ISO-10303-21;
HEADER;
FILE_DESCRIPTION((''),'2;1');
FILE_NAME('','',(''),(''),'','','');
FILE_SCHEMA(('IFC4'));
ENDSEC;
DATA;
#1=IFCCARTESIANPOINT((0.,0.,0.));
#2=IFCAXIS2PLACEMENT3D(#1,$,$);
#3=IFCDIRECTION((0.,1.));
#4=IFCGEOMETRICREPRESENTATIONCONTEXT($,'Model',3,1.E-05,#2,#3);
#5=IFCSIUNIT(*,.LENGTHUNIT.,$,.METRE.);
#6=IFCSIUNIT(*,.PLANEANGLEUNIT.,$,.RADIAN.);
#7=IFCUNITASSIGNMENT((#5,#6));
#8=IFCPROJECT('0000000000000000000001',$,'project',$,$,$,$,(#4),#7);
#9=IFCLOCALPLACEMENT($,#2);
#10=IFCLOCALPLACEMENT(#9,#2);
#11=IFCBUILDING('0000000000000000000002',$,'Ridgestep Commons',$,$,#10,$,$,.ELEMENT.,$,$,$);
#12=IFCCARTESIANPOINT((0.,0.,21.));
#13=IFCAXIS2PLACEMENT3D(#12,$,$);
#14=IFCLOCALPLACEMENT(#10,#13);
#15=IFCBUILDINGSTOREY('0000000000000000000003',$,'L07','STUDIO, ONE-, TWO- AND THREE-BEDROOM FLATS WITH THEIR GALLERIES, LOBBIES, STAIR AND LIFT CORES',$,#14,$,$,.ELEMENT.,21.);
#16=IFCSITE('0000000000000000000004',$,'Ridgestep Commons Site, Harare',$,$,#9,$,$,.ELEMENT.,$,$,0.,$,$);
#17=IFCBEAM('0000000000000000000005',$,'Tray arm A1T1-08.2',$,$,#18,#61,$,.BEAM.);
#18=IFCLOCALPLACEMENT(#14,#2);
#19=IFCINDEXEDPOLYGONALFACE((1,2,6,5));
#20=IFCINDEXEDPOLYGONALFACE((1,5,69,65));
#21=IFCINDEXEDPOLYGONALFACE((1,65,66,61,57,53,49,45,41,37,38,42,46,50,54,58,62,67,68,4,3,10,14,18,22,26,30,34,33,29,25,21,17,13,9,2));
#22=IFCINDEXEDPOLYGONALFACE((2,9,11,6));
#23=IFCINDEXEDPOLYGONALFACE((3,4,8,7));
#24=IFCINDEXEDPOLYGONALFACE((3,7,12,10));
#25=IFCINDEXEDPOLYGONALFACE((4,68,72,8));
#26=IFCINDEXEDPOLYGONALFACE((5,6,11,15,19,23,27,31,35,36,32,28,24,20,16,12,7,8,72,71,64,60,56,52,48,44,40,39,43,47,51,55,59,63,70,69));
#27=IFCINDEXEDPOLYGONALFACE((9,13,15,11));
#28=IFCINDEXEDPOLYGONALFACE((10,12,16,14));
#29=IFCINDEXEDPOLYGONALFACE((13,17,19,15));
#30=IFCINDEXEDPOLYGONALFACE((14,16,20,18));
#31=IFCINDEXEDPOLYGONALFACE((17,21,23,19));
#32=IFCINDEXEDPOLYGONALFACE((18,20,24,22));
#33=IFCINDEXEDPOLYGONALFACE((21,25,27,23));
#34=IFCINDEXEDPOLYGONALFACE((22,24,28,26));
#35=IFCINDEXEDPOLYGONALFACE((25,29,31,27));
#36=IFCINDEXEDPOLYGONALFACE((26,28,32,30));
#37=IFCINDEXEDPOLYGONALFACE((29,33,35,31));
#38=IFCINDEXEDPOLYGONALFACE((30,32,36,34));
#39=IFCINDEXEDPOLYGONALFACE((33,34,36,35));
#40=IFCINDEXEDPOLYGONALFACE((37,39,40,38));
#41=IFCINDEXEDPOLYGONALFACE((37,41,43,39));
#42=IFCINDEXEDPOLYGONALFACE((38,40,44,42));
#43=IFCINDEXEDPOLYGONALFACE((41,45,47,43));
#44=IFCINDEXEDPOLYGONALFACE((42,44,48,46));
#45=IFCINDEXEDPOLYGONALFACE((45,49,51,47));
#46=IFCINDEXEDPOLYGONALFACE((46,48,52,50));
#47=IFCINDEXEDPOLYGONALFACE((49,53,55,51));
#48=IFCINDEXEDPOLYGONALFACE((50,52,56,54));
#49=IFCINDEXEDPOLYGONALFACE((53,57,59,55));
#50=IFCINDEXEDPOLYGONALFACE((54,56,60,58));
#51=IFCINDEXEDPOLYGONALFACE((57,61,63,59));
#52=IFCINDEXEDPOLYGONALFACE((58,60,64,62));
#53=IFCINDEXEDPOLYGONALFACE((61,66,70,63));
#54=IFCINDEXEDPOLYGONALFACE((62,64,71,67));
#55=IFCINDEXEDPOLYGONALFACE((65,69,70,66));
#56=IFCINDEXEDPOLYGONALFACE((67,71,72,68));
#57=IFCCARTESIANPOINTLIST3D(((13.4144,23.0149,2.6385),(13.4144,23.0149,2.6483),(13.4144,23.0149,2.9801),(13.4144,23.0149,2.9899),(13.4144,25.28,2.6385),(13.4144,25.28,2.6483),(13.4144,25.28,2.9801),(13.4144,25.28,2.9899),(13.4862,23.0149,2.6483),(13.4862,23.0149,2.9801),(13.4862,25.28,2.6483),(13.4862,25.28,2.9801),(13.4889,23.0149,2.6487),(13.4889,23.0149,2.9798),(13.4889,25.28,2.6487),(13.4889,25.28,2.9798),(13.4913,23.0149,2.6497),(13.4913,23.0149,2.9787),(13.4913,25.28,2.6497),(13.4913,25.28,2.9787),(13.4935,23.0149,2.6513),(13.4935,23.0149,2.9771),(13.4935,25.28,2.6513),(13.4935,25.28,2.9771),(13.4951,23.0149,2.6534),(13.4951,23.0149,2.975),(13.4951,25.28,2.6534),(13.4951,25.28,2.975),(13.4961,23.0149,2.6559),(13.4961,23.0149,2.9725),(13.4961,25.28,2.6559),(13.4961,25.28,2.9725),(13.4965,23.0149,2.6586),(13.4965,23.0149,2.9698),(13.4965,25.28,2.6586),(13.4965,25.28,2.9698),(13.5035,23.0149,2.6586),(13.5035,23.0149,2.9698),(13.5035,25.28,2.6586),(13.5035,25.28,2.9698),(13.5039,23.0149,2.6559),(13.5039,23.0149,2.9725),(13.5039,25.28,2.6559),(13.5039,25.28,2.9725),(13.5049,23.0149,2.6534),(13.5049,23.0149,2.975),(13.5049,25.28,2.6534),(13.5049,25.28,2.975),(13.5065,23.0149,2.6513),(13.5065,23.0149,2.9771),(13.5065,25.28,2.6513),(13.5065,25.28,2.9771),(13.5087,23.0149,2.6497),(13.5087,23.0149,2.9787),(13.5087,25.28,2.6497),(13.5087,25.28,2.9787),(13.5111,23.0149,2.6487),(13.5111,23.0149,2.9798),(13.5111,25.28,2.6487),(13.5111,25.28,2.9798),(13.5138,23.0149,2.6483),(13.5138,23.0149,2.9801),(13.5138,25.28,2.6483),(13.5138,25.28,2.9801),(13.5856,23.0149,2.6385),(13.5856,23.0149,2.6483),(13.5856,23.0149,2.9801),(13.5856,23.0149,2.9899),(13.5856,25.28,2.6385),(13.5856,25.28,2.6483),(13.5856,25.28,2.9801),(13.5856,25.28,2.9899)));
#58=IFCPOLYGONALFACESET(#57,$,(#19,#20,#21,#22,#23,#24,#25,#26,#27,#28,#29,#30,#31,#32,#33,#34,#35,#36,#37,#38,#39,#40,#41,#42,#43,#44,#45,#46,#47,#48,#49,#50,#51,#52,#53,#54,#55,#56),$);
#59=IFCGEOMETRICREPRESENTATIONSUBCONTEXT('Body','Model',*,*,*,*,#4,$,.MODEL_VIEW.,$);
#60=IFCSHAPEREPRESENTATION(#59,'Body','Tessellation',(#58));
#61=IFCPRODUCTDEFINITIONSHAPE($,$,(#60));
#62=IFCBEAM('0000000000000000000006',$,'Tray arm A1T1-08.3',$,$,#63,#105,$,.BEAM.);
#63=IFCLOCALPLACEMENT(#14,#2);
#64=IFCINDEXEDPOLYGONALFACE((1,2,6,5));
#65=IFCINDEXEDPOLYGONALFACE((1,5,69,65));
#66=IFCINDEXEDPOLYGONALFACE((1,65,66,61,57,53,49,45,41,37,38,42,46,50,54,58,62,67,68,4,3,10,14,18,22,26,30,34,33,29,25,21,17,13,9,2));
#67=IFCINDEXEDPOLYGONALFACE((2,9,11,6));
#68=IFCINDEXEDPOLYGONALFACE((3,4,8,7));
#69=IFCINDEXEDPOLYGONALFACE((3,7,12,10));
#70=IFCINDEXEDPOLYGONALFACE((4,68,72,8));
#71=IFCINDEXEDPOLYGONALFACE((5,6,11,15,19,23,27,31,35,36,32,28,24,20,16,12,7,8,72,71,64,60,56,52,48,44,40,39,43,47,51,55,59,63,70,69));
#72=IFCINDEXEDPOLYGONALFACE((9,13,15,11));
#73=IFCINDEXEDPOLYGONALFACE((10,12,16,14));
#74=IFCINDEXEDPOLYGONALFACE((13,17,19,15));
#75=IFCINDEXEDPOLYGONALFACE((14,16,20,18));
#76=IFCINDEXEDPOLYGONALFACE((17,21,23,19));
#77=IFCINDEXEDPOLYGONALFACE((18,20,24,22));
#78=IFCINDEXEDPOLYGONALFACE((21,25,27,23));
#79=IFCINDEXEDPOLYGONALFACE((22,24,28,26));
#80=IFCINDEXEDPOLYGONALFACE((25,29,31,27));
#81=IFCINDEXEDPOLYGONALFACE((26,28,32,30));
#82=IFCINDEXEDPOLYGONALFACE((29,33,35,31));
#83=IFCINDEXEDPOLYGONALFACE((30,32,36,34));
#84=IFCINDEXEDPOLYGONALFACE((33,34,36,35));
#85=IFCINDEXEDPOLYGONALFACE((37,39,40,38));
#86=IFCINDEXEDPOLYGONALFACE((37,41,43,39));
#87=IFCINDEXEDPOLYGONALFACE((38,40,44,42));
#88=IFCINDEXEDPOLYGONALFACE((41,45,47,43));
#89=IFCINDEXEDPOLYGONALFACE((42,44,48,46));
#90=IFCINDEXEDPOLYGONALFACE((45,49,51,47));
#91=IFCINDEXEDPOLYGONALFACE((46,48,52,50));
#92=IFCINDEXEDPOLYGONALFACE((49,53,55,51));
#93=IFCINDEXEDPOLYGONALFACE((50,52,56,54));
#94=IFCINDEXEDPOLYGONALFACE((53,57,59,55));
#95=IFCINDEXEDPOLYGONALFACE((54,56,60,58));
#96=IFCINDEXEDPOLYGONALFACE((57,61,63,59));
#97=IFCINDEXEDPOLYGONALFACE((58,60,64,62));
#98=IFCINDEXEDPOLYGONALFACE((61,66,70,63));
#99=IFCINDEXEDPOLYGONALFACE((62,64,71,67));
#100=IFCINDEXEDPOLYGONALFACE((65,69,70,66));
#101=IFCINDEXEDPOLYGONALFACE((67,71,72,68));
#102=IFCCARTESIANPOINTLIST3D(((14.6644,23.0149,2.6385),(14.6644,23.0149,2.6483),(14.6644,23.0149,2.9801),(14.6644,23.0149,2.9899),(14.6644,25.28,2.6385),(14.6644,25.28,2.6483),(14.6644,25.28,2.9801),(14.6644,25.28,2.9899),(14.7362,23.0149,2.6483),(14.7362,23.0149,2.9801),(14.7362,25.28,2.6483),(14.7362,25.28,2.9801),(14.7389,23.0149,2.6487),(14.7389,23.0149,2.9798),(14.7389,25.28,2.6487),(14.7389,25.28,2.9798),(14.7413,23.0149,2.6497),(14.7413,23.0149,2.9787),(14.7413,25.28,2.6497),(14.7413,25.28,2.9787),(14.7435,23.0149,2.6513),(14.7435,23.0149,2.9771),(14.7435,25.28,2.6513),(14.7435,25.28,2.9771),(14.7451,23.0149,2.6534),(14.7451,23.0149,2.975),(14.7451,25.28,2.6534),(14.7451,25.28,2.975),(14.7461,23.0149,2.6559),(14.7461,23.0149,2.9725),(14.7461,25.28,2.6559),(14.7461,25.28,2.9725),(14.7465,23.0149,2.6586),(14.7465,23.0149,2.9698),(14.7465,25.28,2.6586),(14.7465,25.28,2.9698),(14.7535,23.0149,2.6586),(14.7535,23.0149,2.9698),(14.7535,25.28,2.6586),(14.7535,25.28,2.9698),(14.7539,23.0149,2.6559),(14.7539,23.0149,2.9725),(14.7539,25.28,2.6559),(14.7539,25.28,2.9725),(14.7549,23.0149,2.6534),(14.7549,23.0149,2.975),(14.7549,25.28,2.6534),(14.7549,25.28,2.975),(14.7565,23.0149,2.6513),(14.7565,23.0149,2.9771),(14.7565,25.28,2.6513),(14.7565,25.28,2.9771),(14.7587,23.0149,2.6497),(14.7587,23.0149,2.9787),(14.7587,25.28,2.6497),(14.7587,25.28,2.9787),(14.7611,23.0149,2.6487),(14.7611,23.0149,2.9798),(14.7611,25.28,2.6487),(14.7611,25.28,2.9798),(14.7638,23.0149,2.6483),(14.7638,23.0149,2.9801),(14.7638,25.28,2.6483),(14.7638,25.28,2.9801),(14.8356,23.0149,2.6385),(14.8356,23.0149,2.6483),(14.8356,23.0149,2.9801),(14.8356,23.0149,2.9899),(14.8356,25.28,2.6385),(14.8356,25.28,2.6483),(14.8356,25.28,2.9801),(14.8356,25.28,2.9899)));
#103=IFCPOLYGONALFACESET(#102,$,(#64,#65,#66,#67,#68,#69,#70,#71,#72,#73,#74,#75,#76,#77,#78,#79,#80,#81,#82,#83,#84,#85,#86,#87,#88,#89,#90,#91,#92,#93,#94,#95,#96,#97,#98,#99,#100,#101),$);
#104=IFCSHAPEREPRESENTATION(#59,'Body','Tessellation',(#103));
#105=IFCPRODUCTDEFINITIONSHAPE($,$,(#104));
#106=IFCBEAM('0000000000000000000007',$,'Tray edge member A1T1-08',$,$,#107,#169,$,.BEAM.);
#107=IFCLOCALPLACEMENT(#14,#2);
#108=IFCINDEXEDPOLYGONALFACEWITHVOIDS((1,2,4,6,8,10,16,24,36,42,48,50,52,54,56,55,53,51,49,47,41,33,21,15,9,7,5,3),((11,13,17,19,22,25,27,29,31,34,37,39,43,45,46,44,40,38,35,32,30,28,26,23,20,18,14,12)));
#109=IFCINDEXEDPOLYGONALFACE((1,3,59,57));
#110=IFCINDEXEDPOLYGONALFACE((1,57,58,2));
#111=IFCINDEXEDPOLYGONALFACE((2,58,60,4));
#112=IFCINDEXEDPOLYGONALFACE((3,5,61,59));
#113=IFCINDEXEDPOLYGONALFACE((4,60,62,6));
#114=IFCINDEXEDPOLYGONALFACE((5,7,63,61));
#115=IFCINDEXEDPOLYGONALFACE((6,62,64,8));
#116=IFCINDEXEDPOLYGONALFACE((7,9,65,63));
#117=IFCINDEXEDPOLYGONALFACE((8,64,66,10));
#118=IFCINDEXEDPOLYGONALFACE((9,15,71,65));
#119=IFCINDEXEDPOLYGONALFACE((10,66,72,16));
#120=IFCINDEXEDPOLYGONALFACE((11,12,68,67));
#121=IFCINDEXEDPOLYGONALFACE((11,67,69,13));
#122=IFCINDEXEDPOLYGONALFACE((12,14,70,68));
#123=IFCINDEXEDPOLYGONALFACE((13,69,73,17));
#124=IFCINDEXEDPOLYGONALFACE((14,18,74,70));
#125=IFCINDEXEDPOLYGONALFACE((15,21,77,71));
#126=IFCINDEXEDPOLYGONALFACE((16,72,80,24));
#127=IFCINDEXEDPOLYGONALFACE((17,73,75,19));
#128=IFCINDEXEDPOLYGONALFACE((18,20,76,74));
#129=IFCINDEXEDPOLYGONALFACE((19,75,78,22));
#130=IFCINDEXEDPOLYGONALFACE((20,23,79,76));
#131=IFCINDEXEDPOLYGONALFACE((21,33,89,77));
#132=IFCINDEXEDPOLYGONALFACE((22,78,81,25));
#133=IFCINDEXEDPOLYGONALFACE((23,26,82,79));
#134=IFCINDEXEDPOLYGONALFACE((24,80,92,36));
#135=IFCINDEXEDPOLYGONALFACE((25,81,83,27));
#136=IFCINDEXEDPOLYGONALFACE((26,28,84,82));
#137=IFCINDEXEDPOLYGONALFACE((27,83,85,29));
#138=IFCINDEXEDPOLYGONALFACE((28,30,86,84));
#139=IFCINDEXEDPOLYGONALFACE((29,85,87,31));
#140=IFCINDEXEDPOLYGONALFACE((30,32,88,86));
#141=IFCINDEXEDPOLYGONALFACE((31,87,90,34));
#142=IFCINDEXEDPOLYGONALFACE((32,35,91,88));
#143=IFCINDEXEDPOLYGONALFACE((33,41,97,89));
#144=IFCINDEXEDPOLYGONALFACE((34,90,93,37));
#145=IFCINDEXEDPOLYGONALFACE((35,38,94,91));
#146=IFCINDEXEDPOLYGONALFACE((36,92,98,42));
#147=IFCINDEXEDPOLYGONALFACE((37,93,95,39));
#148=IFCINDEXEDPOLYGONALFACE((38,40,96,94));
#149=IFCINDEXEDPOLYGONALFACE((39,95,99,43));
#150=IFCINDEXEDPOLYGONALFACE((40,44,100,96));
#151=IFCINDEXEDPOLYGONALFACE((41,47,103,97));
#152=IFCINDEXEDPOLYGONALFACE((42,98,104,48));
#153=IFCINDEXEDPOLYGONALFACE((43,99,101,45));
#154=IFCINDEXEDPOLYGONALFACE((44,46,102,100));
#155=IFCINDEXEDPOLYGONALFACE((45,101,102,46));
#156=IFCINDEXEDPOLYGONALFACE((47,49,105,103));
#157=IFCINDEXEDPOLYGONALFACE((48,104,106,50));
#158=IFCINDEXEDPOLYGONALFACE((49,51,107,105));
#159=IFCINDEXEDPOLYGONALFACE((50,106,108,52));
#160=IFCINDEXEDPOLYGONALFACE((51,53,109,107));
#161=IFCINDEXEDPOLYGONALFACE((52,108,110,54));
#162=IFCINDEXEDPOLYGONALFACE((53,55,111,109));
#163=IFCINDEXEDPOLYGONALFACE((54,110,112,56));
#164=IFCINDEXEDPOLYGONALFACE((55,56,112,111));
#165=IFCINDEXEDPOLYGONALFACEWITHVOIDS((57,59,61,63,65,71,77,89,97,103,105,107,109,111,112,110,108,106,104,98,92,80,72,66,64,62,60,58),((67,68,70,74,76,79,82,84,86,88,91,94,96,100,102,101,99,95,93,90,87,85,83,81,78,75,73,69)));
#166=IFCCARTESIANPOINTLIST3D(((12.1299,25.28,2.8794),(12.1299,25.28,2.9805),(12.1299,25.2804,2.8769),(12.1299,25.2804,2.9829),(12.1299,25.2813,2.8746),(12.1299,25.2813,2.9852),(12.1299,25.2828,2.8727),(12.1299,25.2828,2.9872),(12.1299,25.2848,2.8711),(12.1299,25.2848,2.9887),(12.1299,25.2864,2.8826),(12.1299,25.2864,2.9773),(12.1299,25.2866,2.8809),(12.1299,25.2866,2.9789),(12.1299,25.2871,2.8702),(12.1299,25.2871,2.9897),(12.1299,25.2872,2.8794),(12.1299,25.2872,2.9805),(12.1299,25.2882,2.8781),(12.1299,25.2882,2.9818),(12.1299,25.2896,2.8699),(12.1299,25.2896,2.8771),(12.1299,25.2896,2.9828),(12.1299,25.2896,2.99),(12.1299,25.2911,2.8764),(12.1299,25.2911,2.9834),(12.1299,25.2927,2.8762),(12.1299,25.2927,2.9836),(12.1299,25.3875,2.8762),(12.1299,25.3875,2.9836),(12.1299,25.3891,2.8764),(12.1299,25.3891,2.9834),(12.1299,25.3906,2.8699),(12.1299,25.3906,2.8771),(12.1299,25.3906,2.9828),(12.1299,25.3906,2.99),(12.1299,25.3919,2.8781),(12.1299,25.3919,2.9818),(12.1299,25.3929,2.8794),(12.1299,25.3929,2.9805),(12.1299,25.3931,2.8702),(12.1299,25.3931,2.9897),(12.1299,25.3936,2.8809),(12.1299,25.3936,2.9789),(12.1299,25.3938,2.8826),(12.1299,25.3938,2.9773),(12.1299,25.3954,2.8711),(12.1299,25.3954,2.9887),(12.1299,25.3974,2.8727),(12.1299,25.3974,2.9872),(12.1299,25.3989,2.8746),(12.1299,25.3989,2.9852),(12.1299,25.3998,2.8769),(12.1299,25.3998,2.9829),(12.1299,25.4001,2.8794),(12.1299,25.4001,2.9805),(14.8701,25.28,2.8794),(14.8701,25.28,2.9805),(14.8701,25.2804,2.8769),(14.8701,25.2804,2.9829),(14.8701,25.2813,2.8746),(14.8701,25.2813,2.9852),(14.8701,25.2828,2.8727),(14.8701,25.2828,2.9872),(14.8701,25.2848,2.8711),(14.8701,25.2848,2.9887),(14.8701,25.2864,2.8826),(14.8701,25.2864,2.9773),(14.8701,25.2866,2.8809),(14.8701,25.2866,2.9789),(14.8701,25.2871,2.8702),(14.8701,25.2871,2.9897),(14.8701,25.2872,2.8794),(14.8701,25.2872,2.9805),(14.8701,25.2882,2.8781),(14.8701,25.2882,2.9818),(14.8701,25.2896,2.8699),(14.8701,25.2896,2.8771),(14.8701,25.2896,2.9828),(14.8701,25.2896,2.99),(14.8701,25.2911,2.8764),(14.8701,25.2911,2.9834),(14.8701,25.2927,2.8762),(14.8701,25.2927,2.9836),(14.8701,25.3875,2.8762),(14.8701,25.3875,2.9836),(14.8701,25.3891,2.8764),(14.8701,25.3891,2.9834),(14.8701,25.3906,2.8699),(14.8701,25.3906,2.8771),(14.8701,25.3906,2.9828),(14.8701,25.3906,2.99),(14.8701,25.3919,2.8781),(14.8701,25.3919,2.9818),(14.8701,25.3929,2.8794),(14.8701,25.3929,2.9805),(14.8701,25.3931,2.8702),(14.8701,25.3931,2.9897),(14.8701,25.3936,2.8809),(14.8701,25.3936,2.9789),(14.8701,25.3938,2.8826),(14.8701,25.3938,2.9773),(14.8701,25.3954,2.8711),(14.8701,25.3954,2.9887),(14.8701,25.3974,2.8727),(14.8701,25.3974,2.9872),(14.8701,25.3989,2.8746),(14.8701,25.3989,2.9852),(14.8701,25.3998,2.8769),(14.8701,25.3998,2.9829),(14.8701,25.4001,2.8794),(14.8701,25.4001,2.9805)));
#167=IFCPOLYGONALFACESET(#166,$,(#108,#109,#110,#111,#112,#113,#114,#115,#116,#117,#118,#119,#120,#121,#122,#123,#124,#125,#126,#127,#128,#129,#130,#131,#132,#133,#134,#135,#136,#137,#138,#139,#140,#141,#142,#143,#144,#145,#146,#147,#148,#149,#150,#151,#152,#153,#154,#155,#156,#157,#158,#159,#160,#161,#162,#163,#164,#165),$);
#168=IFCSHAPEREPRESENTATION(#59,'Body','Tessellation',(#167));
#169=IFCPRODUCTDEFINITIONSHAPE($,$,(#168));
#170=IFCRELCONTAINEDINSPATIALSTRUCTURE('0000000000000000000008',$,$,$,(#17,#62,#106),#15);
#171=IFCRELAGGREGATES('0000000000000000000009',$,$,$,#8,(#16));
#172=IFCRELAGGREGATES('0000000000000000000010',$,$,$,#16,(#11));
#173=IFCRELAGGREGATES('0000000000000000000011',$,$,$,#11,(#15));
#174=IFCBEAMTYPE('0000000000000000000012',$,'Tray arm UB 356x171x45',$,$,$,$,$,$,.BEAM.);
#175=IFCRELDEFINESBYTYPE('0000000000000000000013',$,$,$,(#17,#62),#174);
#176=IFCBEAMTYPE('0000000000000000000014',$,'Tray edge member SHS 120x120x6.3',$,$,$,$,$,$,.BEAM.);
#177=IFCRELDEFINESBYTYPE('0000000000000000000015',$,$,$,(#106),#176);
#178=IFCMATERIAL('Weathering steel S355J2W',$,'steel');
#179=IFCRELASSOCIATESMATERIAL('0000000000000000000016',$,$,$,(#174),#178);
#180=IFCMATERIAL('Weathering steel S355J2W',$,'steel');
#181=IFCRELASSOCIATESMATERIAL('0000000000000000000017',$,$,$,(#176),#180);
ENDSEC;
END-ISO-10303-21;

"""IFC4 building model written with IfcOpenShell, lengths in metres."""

from ifc_helpers import new_model, si_unit, direction, frame, origin, origin_2d, place, context, subcontext, project, spatial, hollow_rectangle, i_section, extrude, material, material_profile, profile_set, type_object, element, save


model = new_model("IFC4")

# Units and contexts
model_context = context("Model", 3, precision=1e-05, world=origin(), true_north=direction((0.0, 1.0)))
body_context = subcontext(model_context, "Body", "Model", "MODEL_VIEW")
ifc_project = project(units=[si_unit("LENGTHUNIT", "METRE"), si_unit("PLANEANGLEUNIT", "RADIAN")], contexts=[model_context])

# Site, building, storey
site_placement = place(None, origin())
site = spatial("IfcSite", under=ifc_project, at=site_placement, Name="Ridgestep Commons Site, Harare", CompositionType="ELEMENT", RefElevation=0.0)
building_placement = place(site_placement, origin())
building = spatial("IfcBuilding", under=site, at=building_placement, Name="Ridgestep Commons", CompositionType="ELEMENT")
storey_placement = place(building_placement, frame((0.0, 0.0, 21.0)))
storey = spatial("IfcBuildingStorey", under=building, at=storey_placement, Name="L07", Description="STUDIO, ONE-, TWO- AND THREE-BEDROOM FLATS WITH THEIR GALLERIES, LOBBIES, STAIR AND LIFT CORES", CompositionType="ELEMENT", Elevation=21.0)

# Beams
ifc_material_1 = material(Name="Weathering steel S355J2W", Category="steel")
ifc_material_profile_1 = material_profile(ifc_material_1, i_section(OverallWidth=0.1711, OverallDepth=0.3513, WebThickness=0.0071, FlangeThickness=0.0098, FilletRadius=0.0103, at=origin_2d()), Name="UB 356x171x45")
ifc_profile_set_1 = profile_set([ifc_material_profile_1], Name="Weathering steel S355J2W")
beam_type_1 = type_object("IfcBeamType", Name="Tray arm UB 356x171x45", PredefinedType="BEAM", material=ifc_profile_set_1)
for number, where, z_axis, x_axis, name in (
    (1, (13.5, 23.0149, 2.8142), (0.0, 1.0, 0.0), (-1.0, 0.0, 0.0), "Tray arm A1T1-08.2"),
    (2, (14.75, 23.0149, 2.8142), (0.0, 1.0, 0.0), (-1.0, 0.0, 0.0), "Tray arm A1T1-08.3"),
):
    element("IfcBeam", number, at=place(storey_placement, frame(where, z_axis=z_axis, x_axis=x_axis)), inside=storey, type_object=beam_type_1, Name=name, PredefinedType="BEAM", context=body_context, shape_type="SweptSolid", body=[
        extrude(i_section(OverallWidth=0.1711, OverallDepth=0.3513, WebThickness=0.0071, FlangeThickness=0.0098, FilletRadius=0.0103, at=origin_2d()), origin(), (0.0, 0.0, 1.0), 2.2651),
    ])
ifc_material_2 = material(Name="Weathering steel S355J2W", Category="steel")
ifc_material_profile_2 = material_profile(ifc_material_2, hollow_rectangle(XDim=0.1201, YDim=0.1201, WallThickness=0.0063, InnerFilletRadius=0.0063, OuterFilletRadius=0.0095, at=origin_2d()), Name="SHS 120x120x6.3")
ifc_profile_set_2 = profile_set([ifc_material_profile_2], Name="Weathering steel S355J2W")
beam_type_2 = type_object("IfcBeamType", Name="Tray edge member SHS 120x120x6.3", PredefinedType="BEAM", material=ifc_profile_set_2)
beam_1_placement = place(storey_placement, frame((12.1299, 25.3401, 2.9299), z_axis=(1.0, 0.0, 0.0), x_axis=(0.0, 0.0, 1.0)))
element("IfcBeam", 3, at=beam_1_placement, inside=storey, type_object=beam_type_2, Name="Tray edge member A1T1-08", PredefinedType="BEAM", context=body_context, shape_type="SweptSolid", body=[
    extrude(hollow_rectangle(XDim=0.1201, YDim=0.1201, WallThickness=0.0063, InnerFilletRadius=0.0063, OuterFilletRadius=0.0095, at=origin_2d()), origin(), (0.0, 0.0, 1.0), 2.7402),
])

save(model, "model.ifc")
